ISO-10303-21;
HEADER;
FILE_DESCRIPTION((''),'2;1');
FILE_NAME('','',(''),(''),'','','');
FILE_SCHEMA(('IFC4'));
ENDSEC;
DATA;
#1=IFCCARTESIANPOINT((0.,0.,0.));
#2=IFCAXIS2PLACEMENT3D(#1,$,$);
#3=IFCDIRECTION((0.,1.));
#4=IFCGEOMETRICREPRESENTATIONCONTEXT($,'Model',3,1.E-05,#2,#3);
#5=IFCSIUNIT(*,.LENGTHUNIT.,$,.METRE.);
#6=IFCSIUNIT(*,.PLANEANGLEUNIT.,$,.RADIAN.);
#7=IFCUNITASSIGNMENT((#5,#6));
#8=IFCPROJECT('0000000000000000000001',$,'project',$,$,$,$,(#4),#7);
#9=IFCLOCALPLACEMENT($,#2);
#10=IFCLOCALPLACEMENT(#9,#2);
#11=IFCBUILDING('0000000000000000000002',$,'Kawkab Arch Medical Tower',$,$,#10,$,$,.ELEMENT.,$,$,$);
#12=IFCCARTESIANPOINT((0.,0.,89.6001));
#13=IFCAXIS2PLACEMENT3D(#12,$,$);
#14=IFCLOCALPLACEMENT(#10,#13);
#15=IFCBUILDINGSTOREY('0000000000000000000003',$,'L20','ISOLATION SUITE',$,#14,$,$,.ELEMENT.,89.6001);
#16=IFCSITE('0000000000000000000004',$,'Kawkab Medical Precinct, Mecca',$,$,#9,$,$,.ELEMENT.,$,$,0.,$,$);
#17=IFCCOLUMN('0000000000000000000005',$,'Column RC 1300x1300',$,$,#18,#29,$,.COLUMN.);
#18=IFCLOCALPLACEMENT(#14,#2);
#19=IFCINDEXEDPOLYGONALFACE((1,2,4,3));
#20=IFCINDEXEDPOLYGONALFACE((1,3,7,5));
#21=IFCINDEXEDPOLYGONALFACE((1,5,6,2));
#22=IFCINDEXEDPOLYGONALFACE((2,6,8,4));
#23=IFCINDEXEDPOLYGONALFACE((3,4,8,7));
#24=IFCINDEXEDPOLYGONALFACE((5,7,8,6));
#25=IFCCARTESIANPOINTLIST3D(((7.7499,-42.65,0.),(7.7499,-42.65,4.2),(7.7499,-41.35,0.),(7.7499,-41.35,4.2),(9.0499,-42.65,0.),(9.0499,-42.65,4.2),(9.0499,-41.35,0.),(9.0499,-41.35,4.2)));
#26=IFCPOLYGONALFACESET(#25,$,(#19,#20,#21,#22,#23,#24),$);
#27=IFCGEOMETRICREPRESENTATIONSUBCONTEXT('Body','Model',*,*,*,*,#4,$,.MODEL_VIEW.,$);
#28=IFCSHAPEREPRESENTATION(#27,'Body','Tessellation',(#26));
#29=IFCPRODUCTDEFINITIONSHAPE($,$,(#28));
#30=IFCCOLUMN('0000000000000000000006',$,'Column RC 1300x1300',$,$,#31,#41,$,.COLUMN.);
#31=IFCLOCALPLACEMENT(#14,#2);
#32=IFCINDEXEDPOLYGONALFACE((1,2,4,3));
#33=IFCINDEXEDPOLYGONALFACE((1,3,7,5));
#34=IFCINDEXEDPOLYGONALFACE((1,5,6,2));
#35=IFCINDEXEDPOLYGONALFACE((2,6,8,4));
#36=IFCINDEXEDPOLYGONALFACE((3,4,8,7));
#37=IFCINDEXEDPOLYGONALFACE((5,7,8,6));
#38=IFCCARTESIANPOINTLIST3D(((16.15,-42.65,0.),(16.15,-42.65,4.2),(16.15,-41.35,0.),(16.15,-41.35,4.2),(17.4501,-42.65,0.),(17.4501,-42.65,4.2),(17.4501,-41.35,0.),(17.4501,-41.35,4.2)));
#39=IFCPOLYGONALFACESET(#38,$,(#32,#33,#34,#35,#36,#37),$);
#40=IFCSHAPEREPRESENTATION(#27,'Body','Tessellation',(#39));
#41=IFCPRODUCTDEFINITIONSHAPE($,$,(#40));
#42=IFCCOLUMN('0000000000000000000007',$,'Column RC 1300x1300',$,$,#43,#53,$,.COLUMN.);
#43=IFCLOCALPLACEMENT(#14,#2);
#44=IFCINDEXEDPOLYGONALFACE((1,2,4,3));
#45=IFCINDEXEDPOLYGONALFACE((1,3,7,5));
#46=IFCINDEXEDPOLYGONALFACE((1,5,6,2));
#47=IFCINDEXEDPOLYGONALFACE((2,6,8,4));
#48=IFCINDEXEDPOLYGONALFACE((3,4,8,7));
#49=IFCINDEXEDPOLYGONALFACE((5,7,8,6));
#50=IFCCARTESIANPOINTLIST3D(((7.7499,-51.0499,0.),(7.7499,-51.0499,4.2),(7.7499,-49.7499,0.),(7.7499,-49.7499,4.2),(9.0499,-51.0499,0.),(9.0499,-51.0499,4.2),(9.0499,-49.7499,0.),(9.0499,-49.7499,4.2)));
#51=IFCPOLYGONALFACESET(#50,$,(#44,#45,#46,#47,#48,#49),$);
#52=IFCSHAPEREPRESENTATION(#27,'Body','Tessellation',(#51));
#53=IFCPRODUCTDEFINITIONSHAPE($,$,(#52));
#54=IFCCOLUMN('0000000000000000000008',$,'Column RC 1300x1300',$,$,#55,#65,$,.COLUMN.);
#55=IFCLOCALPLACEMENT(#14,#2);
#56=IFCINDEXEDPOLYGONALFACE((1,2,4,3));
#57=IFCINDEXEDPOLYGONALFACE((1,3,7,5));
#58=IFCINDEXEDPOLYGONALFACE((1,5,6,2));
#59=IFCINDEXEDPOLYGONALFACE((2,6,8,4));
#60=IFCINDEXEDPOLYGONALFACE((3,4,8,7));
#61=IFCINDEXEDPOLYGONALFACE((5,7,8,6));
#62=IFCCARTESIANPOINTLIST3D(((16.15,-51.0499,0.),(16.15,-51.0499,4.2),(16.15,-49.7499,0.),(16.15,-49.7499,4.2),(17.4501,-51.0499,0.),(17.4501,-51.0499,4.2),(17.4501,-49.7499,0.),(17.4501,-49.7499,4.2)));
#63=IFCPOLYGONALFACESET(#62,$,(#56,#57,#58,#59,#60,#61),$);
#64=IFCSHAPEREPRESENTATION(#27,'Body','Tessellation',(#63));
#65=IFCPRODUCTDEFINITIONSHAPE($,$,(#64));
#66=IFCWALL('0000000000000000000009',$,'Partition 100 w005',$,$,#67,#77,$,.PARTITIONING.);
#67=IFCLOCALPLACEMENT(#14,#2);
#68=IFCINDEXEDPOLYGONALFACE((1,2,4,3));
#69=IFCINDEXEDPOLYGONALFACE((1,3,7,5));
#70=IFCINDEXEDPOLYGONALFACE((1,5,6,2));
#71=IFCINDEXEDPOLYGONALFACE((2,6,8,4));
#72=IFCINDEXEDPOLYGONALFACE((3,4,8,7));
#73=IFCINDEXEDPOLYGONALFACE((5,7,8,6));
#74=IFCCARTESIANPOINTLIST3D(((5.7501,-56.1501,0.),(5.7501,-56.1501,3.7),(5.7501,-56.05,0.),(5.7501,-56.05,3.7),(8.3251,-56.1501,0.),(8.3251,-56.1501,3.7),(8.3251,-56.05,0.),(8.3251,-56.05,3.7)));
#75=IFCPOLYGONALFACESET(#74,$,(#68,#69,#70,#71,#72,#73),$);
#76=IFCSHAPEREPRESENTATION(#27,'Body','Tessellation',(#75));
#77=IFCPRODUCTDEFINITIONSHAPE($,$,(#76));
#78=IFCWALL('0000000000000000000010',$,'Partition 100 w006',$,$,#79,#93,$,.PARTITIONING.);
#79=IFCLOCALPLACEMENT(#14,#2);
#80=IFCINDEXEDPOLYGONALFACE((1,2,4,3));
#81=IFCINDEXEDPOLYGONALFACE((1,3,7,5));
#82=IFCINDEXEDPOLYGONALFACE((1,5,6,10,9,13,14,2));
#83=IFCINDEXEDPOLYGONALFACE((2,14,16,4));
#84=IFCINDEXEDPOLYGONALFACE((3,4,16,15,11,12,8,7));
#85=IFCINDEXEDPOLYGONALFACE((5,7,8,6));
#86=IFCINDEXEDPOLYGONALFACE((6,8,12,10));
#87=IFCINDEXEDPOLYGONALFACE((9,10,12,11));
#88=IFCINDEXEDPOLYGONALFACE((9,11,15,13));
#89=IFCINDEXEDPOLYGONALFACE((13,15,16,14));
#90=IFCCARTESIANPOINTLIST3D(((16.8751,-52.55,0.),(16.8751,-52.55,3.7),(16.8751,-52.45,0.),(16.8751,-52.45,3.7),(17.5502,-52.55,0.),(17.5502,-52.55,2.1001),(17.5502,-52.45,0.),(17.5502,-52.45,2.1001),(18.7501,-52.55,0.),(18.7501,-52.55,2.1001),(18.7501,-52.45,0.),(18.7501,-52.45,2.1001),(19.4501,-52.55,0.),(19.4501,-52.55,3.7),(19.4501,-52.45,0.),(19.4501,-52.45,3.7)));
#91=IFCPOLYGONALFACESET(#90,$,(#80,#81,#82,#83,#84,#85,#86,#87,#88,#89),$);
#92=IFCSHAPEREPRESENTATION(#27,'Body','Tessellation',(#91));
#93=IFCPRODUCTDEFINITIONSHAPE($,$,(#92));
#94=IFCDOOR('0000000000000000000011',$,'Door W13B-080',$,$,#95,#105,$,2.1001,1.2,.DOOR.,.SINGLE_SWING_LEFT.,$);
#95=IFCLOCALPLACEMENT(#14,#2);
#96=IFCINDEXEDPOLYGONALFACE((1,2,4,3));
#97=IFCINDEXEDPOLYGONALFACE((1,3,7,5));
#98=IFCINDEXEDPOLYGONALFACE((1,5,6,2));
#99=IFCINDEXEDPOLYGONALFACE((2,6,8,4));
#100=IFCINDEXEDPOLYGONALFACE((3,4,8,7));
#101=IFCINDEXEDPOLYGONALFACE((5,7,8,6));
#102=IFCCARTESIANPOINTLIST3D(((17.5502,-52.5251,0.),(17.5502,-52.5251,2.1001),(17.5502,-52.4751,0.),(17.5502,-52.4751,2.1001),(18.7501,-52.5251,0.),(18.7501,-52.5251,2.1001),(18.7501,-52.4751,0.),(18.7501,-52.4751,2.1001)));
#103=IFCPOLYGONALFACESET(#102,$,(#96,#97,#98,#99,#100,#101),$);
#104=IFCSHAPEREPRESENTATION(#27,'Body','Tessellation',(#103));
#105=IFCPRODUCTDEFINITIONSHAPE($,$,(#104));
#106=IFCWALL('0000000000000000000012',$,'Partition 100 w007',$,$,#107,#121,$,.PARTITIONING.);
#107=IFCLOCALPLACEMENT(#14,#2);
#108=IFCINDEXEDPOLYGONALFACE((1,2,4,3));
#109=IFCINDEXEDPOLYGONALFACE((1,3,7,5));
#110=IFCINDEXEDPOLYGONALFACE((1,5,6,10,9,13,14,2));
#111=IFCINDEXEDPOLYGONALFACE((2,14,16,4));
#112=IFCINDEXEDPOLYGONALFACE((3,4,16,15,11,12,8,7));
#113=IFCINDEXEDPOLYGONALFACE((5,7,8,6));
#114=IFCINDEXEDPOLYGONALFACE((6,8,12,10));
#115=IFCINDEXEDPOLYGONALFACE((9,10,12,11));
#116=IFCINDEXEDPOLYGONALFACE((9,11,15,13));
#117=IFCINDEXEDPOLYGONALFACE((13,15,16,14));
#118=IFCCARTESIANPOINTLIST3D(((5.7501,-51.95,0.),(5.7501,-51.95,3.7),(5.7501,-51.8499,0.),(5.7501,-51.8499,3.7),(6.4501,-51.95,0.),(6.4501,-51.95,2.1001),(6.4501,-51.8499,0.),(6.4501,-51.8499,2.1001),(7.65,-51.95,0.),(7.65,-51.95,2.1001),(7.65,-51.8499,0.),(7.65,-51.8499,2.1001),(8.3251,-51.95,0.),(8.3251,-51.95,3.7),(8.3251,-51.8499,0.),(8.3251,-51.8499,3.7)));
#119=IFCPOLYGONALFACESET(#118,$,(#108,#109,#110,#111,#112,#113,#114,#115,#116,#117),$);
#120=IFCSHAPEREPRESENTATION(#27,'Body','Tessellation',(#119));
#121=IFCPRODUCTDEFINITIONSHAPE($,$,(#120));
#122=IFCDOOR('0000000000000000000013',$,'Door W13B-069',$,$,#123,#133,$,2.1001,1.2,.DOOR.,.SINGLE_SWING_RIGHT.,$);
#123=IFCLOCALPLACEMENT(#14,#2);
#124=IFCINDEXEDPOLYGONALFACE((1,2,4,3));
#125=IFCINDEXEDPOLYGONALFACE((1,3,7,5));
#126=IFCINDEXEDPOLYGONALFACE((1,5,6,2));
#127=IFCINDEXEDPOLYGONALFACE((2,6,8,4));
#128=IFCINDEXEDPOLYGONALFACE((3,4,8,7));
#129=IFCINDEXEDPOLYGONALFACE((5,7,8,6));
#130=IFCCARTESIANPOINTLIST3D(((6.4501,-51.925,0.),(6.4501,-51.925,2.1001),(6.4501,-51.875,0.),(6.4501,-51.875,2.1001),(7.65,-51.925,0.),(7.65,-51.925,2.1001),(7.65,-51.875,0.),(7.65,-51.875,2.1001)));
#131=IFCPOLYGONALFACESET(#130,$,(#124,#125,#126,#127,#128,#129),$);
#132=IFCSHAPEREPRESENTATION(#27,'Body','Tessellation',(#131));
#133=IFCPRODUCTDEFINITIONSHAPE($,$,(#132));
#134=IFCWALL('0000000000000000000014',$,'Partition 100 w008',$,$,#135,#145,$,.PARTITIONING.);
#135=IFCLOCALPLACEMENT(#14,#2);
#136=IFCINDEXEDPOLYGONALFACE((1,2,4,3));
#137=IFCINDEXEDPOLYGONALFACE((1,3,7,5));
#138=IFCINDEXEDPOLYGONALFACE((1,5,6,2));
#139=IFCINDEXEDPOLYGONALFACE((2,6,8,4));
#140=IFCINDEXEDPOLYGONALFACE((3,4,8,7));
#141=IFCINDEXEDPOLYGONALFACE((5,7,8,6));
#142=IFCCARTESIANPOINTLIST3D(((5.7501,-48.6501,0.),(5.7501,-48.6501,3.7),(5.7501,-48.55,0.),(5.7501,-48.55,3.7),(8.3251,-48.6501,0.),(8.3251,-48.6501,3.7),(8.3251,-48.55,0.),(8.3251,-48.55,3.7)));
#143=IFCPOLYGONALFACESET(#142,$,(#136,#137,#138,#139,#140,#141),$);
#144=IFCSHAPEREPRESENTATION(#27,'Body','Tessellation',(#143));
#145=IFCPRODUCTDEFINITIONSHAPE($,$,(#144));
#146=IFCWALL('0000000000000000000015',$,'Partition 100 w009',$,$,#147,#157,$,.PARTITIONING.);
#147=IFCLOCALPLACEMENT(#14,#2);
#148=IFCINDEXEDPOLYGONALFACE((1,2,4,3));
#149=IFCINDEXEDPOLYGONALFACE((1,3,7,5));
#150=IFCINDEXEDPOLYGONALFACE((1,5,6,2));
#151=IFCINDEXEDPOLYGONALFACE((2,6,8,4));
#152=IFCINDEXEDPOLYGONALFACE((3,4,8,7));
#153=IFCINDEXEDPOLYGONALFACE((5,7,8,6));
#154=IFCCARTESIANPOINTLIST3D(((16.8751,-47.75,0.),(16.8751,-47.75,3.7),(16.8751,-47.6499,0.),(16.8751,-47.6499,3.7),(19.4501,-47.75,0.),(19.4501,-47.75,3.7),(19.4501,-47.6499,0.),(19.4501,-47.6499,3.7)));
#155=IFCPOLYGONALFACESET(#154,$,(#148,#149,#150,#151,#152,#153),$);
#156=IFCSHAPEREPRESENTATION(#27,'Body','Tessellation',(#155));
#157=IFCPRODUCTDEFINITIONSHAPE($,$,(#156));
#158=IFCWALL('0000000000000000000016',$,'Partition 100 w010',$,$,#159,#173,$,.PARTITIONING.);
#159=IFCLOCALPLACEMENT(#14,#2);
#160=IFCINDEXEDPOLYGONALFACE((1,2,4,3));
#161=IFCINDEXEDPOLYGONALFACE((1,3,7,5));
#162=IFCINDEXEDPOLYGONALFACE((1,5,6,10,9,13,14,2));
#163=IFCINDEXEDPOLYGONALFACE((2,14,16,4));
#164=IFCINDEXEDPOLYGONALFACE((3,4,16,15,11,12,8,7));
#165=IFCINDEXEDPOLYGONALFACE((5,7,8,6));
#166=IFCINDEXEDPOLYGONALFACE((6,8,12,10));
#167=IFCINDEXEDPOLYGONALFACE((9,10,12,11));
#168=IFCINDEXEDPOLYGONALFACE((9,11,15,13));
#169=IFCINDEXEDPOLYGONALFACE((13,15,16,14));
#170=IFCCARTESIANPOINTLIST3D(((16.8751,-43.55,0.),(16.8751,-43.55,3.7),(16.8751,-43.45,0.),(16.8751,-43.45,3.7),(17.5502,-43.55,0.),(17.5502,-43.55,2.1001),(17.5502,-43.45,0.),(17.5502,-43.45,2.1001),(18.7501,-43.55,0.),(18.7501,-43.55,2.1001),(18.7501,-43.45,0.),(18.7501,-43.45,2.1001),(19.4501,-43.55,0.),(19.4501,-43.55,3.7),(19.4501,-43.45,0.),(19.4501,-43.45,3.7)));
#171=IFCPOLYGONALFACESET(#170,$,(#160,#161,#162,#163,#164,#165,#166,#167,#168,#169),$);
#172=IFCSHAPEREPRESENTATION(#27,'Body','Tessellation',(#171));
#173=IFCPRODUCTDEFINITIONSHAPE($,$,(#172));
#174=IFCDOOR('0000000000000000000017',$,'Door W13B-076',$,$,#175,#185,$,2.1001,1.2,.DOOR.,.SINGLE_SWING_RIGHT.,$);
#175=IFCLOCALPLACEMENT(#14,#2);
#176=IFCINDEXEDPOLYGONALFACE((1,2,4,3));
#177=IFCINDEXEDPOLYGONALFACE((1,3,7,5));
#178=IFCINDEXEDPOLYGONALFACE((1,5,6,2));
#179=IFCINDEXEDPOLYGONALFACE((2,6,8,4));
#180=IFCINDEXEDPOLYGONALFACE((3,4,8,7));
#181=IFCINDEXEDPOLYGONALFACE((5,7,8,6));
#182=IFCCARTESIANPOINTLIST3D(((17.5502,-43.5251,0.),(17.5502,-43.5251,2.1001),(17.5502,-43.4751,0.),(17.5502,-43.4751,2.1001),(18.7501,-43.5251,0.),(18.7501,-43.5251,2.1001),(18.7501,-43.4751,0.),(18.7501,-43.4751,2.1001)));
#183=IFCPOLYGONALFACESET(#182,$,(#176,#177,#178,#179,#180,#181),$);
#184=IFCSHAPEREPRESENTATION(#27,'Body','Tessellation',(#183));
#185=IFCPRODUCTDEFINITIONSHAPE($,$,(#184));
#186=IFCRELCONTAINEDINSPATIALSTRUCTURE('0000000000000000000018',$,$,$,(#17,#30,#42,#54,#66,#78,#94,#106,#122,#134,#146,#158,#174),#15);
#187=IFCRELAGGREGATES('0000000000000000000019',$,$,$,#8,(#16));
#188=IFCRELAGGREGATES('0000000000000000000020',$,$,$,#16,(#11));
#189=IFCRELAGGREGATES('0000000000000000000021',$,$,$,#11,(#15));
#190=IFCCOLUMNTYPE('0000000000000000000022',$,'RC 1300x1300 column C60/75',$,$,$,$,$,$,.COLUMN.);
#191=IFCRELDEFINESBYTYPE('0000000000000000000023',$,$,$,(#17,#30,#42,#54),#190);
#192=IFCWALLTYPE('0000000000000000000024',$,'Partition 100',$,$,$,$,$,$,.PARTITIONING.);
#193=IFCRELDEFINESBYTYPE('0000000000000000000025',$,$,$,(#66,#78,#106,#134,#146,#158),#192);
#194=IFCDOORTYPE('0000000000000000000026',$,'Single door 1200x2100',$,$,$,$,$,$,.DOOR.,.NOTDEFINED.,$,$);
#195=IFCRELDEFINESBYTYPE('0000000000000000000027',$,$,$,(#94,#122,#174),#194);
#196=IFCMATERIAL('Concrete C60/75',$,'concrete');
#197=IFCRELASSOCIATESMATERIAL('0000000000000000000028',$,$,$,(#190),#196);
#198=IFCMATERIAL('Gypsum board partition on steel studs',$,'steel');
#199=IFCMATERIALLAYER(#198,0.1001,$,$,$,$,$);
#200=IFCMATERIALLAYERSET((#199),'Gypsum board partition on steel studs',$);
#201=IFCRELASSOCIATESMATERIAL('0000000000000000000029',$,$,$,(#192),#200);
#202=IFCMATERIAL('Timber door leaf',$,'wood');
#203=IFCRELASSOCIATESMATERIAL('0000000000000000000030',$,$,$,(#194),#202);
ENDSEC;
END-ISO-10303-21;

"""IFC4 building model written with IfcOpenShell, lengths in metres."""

from ifc_helpers import new_model, si_unit, direction, frame, frame_2d, origin, origin_2d, place, context, subcontext, project, spatial, rectangle, extrude, material, layer, layer_set, material_profile, profile_set, type_object, element, fill, save


model = new_model("IFC4")

# Units and contexts
model_context = context("Model", 3, precision=1e-05, world=origin(), true_north=direction((0.0, 1.0)))
body_context = subcontext(model_context, "Body", "Model", "MODEL_VIEW")
ifc_project = project(units=[si_unit("LENGTHUNIT", "METRE"), si_unit("PLANEANGLEUNIT", "RADIAN")], contexts=[model_context])

# Site, building, storey
site_placement = place(None, origin())
site = spatial("IfcSite", under=ifc_project, at=site_placement, Name="Kawkab Medical Precinct, Mecca", CompositionType="ELEMENT", RefElevation=0.0)
building_placement = place(site_placement, origin())
building = spatial("IfcBuilding", under=site, at=building_placement, Name="Kawkab Arch Medical Tower", CompositionType="ELEMENT")
storey_placement = place(building_placement, frame((0.0, 0.0, 89.6001)))
storey = spatial("IfcBuildingStorey", under=building, at=storey_placement, Name="L20", Description="ISOLATION SUITE", CompositionType="ELEMENT", Elevation=89.6001)

# Columns
ifc_material_1 = material(Name="Concrete C60/75", Category="concrete")
ifc_material_profile = material_profile(ifc_material_1, rectangle(XDim=1.3, YDim=1.3, at=origin_2d()), Name="RC 1300x1300")
ifc_profile_set = profile_set([ifc_material_profile], Name="Concrete C60/75")
column_type = type_object("IfcColumnType", Name="RC 1300x1300 column C60/75", PredefinedType="COLUMN", material=ifc_profile_set)
for number, where, z_axis, x_axis, name in (
    (1, (8.3999, -42.0, 0.0), (0.0, 0.0, 1.0), (1.0, 0.0, 0.0), "Column RC 1300x1300"),
    (2, (16.8, -42.0, 0.0), (0.0, 0.0, 1.0), (1.0, 0.0, 0.0), "Column RC 1300x1300"),
    (3, (8.3999, -50.3999, 0.0), (0.0, 0.0, 1.0), (1.0, 0.0, 0.0), "Column RC 1300x1300"),
    (4, (16.8, -50.3999, 0.0), (0.0, 0.0, 1.0), (1.0, 0.0, 0.0), "Column RC 1300x1300"),
):
    element("IfcColumn", number, at=place(storey_placement, frame(where, z_axis=z_axis, x_axis=x_axis)), inside=storey, type_object=column_type, Name=name, PredefinedType="COLUMN", context=body_context, shape_type="SweptSolid", body=[
        extrude(rectangle(XDim=1.3, YDim=1.3, at=origin_2d()), origin(), (0.0, 0.0, 1.0), 4.2),
    ])

# Wall
ifc_material_2 = material(Name="Gypsum board partition on steel studs", Category="steel")
ifc_layer_1 = layer(ifc_material_2, 0.1001)
ifc_layer_set_1 = layer_set([ifc_layer_1], Name="Gypsum board partition on steel studs")
wall_type_1 = type_object("IfcWallType", Name="Partition 100", PredefinedType="PARTITIONING", material=ifc_layer_set_1)
wall_1_placement = place(storey_placement, frame((5.75, -56.1001, 0.0), z_axis=(0.0, 0.0, 1.0), x_axis=(1.0, 0.0, 0.0)))
element("IfcWall", 5, at=wall_1_placement, inside=storey, type_object=wall_type_1, Name="Partition 100 w005", PredefinedType="PARTITIONING", context=body_context, shape_type="SweptSolid", body=[
    extrude(rectangle(XDim=2.575, YDim=0.1001, at=frame_2d((1.2876, 0.0))), origin(), (0.0, 0.0, 1.0), 3.7),
])

# Walls, openings, doors
wall_2_placement = place(storey_placement, frame((16.875, -52.5, 0.0), z_axis=(0.0, 0.0, 1.0), x_axis=(1.0, 0.0, 0.0)))
wall_2 = element("IfcWall", 6, at=wall_2_placement, inside=storey, type_object=wall_type_1, Name="Partition 100 w006", PredefinedType="PARTITIONING", context=body_context, shape_type="SweptSolid", body=[
    extrude(rectangle(XDim=2.575, YDim=0.1001, at=frame_2d((1.2876, 0.0))), origin(), (0.0, 0.0, 1.0), 3.7),
])
opening_1_placement = place(wall_2_placement, frame((0.675, 0.0, 0.0)))
opening_1 = element("IfcOpeningElement", 7, at=opening_1_placement, cuts=wall_2, PredefinedType="OPENING", context=body_context, shape_type="SweptSolid", body=[
    extrude(rectangle(XDim=1.2, YDim=2.1001, at=frame_2d((0.6001, 1.05))), frame((0.0, 0.0601, 0.0), z_axis=(0.0, -1.0, 0.0), x_axis=(1.0, 0.0, 0.0)), (0.0, 0.0, 1.0), 0.1201),
])
ifc_material_3 = material(Name="Timber door leaf", Category="wood")
door_type_1 = type_object("IfcDoorType", Name="Single door 1200x2100", OperationType="NOTDEFINED", PredefinedType="DOOR", material=ifc_material_3)
door_1_placement = place(opening_1_placement, origin())
door_1 = element("IfcDoor", 8, at=door_1_placement, inside=storey, type_object=door_type_1, Name="Door W13B-080", OperationType="SINGLE_SWING_LEFT", OverallHeight=2.1001, OverallWidth=1.2, PredefinedType="DOOR", context=body_context, shape_type="SweptSolid", body=[
    extrude(rectangle(XDim=1.2, YDim=2.1001, at=frame_2d((0.6001, 1.05))), frame((0.0, 0.0249, 0.0), z_axis=(0.0, -1.0, 0.0), x_axis=(1.0, 0.0, 0.0)), (0.0, 0.0, 1.0), 0.05),
])
fill(opening_1, door_1)
wall_3_placement = place(storey_placement, frame((5.75, -51.8999, 0.0), z_axis=(0.0, 0.0, 1.0), x_axis=(1.0, 0.0, 0.0)))
wall_3 = element("IfcWall", 9, at=wall_3_placement, inside=storey, type_object=wall_type_1, Name="Partition 100 w007", PredefinedType="PARTITIONING", context=body_context, shape_type="SweptSolid", body=[
    extrude(rectangle(XDim=2.575, YDim=0.1001, at=frame_2d((1.2876, 0.0))), origin(), (0.0, 0.0, 1.0), 3.7),
])
opening_2_placement = place(wall_3_placement, frame((0.7, 0.0, 0.0)))
opening_2 = element("IfcOpeningElement", 10, at=opening_2_placement, cuts=wall_3, PredefinedType="OPENING", context=body_context, shape_type="SweptSolid", body=[
    extrude(rectangle(XDim=1.2, YDim=2.1001, at=frame_2d((0.6001, 1.05))), frame((0.0, 0.0601, 0.0), z_axis=(0.0, -1.0, 0.0), x_axis=(1.0, 0.0, 0.0)), (0.0, 0.0, 1.0), 0.1201),
])
door_2_placement = place(opening_2_placement, origin())
door_2 = element("IfcDoor", 11, at=door_2_placement, inside=storey, type_object=door_type_1, Name="Door W13B-069", OperationType="SINGLE_SWING_RIGHT", OverallHeight=2.1001, OverallWidth=1.2, PredefinedType="DOOR", context=body_context, shape_type="SweptSolid", body=[
    extrude(rectangle(XDim=1.2, YDim=2.1001, at=frame_2d((0.6001, 1.05))), frame((0.0, 0.0249, 0.0), z_axis=(0.0, -1.0, 0.0), x_axis=(1.0, 0.0, 0.0)), (0.0, 0.0, 1.0), 0.05),
])
fill(opening_2, door_2)

# Walls
for number, where, z_axis, x_axis, name in (
    (12, (5.75, -48.6001, 0.0), (0.0, 0.0, 1.0), (1.0, 0.0, 0.0), "Partition 100 w008"),
    (13, (16.875, -47.7, 0.0), (0.0, 0.0, 1.0), (1.0, 0.0, 0.0), "Partition 100 w009"),
):
    element("IfcWall", number, at=place(storey_placement, frame(where, z_axis=z_axis, x_axis=x_axis)), inside=storey, type_object=wall_type_1, Name=name, PredefinedType="PARTITIONING", context=body_context, shape_type="SweptSolid", body=[
        extrude(rectangle(XDim=2.575, YDim=0.1001, at=frame_2d((1.2876, 0.0))), origin(), (0.0, 0.0, 1.0), 3.7),
    ])

# Wall, opening, door
wall_4_placement = place(storey_placement, frame((16.875, -43.5, 0.0), z_axis=(0.0, 0.0, 1.0), x_axis=(1.0, 0.0, 0.0)))
wall_4 = element("IfcWall", 14, at=wall_4_placement, inside=storey, type_object=wall_type_1, Name="Partition 100 w010", PredefinedType="PARTITIONING", context=body_context, shape_type="SweptSolid", body=[
    extrude(rectangle(XDim=2.575, YDim=0.1001, at=frame_2d((1.2876, 0.0))), origin(), (0.0, 0.0, 1.0), 3.7),
])
opening_3_placement = place(wall_4_placement, frame((0.675, 0.0, 0.0)))
opening_3 = element("IfcOpeningElement", 15, at=opening_3_placement, cuts=wall_4, PredefinedType="OPENING", context=body_context, shape_type="SweptSolid", body=[
    extrude(rectangle(XDim=1.2, YDim=2.1001, at=frame_2d((0.6001, 1.05))), frame((0.0, 0.0601, 0.0), z_axis=(0.0, -1.0, 0.0), x_axis=(1.0, 0.0, 0.0)), (0.0, 0.0, 1.0), 0.1201),
])
door_3_placement = place(opening_3_placement, origin())
door_3 = element("IfcDoor", 16, at=door_3_placement, inside=storey, type_object=door_type_1, Name="Door W13B-076", OperationType="SINGLE_SWING_RIGHT", OverallHeight=2.1001, OverallWidth=1.2, PredefinedType="DOOR", context=body_context, shape_type="SweptSolid", body=[
    extrude(rectangle(XDim=1.2, YDim=2.1001, at=frame_2d((0.6001, 1.05))), frame((0.0, 0.0249, 0.0), z_axis=(0.0, -1.0, 0.0), x_axis=(1.0, 0.0, 0.0)), (0.0, 0.0, 1.0), 0.05),
])
fill(opening_3, door_3)

save(model, "model.ifc")
